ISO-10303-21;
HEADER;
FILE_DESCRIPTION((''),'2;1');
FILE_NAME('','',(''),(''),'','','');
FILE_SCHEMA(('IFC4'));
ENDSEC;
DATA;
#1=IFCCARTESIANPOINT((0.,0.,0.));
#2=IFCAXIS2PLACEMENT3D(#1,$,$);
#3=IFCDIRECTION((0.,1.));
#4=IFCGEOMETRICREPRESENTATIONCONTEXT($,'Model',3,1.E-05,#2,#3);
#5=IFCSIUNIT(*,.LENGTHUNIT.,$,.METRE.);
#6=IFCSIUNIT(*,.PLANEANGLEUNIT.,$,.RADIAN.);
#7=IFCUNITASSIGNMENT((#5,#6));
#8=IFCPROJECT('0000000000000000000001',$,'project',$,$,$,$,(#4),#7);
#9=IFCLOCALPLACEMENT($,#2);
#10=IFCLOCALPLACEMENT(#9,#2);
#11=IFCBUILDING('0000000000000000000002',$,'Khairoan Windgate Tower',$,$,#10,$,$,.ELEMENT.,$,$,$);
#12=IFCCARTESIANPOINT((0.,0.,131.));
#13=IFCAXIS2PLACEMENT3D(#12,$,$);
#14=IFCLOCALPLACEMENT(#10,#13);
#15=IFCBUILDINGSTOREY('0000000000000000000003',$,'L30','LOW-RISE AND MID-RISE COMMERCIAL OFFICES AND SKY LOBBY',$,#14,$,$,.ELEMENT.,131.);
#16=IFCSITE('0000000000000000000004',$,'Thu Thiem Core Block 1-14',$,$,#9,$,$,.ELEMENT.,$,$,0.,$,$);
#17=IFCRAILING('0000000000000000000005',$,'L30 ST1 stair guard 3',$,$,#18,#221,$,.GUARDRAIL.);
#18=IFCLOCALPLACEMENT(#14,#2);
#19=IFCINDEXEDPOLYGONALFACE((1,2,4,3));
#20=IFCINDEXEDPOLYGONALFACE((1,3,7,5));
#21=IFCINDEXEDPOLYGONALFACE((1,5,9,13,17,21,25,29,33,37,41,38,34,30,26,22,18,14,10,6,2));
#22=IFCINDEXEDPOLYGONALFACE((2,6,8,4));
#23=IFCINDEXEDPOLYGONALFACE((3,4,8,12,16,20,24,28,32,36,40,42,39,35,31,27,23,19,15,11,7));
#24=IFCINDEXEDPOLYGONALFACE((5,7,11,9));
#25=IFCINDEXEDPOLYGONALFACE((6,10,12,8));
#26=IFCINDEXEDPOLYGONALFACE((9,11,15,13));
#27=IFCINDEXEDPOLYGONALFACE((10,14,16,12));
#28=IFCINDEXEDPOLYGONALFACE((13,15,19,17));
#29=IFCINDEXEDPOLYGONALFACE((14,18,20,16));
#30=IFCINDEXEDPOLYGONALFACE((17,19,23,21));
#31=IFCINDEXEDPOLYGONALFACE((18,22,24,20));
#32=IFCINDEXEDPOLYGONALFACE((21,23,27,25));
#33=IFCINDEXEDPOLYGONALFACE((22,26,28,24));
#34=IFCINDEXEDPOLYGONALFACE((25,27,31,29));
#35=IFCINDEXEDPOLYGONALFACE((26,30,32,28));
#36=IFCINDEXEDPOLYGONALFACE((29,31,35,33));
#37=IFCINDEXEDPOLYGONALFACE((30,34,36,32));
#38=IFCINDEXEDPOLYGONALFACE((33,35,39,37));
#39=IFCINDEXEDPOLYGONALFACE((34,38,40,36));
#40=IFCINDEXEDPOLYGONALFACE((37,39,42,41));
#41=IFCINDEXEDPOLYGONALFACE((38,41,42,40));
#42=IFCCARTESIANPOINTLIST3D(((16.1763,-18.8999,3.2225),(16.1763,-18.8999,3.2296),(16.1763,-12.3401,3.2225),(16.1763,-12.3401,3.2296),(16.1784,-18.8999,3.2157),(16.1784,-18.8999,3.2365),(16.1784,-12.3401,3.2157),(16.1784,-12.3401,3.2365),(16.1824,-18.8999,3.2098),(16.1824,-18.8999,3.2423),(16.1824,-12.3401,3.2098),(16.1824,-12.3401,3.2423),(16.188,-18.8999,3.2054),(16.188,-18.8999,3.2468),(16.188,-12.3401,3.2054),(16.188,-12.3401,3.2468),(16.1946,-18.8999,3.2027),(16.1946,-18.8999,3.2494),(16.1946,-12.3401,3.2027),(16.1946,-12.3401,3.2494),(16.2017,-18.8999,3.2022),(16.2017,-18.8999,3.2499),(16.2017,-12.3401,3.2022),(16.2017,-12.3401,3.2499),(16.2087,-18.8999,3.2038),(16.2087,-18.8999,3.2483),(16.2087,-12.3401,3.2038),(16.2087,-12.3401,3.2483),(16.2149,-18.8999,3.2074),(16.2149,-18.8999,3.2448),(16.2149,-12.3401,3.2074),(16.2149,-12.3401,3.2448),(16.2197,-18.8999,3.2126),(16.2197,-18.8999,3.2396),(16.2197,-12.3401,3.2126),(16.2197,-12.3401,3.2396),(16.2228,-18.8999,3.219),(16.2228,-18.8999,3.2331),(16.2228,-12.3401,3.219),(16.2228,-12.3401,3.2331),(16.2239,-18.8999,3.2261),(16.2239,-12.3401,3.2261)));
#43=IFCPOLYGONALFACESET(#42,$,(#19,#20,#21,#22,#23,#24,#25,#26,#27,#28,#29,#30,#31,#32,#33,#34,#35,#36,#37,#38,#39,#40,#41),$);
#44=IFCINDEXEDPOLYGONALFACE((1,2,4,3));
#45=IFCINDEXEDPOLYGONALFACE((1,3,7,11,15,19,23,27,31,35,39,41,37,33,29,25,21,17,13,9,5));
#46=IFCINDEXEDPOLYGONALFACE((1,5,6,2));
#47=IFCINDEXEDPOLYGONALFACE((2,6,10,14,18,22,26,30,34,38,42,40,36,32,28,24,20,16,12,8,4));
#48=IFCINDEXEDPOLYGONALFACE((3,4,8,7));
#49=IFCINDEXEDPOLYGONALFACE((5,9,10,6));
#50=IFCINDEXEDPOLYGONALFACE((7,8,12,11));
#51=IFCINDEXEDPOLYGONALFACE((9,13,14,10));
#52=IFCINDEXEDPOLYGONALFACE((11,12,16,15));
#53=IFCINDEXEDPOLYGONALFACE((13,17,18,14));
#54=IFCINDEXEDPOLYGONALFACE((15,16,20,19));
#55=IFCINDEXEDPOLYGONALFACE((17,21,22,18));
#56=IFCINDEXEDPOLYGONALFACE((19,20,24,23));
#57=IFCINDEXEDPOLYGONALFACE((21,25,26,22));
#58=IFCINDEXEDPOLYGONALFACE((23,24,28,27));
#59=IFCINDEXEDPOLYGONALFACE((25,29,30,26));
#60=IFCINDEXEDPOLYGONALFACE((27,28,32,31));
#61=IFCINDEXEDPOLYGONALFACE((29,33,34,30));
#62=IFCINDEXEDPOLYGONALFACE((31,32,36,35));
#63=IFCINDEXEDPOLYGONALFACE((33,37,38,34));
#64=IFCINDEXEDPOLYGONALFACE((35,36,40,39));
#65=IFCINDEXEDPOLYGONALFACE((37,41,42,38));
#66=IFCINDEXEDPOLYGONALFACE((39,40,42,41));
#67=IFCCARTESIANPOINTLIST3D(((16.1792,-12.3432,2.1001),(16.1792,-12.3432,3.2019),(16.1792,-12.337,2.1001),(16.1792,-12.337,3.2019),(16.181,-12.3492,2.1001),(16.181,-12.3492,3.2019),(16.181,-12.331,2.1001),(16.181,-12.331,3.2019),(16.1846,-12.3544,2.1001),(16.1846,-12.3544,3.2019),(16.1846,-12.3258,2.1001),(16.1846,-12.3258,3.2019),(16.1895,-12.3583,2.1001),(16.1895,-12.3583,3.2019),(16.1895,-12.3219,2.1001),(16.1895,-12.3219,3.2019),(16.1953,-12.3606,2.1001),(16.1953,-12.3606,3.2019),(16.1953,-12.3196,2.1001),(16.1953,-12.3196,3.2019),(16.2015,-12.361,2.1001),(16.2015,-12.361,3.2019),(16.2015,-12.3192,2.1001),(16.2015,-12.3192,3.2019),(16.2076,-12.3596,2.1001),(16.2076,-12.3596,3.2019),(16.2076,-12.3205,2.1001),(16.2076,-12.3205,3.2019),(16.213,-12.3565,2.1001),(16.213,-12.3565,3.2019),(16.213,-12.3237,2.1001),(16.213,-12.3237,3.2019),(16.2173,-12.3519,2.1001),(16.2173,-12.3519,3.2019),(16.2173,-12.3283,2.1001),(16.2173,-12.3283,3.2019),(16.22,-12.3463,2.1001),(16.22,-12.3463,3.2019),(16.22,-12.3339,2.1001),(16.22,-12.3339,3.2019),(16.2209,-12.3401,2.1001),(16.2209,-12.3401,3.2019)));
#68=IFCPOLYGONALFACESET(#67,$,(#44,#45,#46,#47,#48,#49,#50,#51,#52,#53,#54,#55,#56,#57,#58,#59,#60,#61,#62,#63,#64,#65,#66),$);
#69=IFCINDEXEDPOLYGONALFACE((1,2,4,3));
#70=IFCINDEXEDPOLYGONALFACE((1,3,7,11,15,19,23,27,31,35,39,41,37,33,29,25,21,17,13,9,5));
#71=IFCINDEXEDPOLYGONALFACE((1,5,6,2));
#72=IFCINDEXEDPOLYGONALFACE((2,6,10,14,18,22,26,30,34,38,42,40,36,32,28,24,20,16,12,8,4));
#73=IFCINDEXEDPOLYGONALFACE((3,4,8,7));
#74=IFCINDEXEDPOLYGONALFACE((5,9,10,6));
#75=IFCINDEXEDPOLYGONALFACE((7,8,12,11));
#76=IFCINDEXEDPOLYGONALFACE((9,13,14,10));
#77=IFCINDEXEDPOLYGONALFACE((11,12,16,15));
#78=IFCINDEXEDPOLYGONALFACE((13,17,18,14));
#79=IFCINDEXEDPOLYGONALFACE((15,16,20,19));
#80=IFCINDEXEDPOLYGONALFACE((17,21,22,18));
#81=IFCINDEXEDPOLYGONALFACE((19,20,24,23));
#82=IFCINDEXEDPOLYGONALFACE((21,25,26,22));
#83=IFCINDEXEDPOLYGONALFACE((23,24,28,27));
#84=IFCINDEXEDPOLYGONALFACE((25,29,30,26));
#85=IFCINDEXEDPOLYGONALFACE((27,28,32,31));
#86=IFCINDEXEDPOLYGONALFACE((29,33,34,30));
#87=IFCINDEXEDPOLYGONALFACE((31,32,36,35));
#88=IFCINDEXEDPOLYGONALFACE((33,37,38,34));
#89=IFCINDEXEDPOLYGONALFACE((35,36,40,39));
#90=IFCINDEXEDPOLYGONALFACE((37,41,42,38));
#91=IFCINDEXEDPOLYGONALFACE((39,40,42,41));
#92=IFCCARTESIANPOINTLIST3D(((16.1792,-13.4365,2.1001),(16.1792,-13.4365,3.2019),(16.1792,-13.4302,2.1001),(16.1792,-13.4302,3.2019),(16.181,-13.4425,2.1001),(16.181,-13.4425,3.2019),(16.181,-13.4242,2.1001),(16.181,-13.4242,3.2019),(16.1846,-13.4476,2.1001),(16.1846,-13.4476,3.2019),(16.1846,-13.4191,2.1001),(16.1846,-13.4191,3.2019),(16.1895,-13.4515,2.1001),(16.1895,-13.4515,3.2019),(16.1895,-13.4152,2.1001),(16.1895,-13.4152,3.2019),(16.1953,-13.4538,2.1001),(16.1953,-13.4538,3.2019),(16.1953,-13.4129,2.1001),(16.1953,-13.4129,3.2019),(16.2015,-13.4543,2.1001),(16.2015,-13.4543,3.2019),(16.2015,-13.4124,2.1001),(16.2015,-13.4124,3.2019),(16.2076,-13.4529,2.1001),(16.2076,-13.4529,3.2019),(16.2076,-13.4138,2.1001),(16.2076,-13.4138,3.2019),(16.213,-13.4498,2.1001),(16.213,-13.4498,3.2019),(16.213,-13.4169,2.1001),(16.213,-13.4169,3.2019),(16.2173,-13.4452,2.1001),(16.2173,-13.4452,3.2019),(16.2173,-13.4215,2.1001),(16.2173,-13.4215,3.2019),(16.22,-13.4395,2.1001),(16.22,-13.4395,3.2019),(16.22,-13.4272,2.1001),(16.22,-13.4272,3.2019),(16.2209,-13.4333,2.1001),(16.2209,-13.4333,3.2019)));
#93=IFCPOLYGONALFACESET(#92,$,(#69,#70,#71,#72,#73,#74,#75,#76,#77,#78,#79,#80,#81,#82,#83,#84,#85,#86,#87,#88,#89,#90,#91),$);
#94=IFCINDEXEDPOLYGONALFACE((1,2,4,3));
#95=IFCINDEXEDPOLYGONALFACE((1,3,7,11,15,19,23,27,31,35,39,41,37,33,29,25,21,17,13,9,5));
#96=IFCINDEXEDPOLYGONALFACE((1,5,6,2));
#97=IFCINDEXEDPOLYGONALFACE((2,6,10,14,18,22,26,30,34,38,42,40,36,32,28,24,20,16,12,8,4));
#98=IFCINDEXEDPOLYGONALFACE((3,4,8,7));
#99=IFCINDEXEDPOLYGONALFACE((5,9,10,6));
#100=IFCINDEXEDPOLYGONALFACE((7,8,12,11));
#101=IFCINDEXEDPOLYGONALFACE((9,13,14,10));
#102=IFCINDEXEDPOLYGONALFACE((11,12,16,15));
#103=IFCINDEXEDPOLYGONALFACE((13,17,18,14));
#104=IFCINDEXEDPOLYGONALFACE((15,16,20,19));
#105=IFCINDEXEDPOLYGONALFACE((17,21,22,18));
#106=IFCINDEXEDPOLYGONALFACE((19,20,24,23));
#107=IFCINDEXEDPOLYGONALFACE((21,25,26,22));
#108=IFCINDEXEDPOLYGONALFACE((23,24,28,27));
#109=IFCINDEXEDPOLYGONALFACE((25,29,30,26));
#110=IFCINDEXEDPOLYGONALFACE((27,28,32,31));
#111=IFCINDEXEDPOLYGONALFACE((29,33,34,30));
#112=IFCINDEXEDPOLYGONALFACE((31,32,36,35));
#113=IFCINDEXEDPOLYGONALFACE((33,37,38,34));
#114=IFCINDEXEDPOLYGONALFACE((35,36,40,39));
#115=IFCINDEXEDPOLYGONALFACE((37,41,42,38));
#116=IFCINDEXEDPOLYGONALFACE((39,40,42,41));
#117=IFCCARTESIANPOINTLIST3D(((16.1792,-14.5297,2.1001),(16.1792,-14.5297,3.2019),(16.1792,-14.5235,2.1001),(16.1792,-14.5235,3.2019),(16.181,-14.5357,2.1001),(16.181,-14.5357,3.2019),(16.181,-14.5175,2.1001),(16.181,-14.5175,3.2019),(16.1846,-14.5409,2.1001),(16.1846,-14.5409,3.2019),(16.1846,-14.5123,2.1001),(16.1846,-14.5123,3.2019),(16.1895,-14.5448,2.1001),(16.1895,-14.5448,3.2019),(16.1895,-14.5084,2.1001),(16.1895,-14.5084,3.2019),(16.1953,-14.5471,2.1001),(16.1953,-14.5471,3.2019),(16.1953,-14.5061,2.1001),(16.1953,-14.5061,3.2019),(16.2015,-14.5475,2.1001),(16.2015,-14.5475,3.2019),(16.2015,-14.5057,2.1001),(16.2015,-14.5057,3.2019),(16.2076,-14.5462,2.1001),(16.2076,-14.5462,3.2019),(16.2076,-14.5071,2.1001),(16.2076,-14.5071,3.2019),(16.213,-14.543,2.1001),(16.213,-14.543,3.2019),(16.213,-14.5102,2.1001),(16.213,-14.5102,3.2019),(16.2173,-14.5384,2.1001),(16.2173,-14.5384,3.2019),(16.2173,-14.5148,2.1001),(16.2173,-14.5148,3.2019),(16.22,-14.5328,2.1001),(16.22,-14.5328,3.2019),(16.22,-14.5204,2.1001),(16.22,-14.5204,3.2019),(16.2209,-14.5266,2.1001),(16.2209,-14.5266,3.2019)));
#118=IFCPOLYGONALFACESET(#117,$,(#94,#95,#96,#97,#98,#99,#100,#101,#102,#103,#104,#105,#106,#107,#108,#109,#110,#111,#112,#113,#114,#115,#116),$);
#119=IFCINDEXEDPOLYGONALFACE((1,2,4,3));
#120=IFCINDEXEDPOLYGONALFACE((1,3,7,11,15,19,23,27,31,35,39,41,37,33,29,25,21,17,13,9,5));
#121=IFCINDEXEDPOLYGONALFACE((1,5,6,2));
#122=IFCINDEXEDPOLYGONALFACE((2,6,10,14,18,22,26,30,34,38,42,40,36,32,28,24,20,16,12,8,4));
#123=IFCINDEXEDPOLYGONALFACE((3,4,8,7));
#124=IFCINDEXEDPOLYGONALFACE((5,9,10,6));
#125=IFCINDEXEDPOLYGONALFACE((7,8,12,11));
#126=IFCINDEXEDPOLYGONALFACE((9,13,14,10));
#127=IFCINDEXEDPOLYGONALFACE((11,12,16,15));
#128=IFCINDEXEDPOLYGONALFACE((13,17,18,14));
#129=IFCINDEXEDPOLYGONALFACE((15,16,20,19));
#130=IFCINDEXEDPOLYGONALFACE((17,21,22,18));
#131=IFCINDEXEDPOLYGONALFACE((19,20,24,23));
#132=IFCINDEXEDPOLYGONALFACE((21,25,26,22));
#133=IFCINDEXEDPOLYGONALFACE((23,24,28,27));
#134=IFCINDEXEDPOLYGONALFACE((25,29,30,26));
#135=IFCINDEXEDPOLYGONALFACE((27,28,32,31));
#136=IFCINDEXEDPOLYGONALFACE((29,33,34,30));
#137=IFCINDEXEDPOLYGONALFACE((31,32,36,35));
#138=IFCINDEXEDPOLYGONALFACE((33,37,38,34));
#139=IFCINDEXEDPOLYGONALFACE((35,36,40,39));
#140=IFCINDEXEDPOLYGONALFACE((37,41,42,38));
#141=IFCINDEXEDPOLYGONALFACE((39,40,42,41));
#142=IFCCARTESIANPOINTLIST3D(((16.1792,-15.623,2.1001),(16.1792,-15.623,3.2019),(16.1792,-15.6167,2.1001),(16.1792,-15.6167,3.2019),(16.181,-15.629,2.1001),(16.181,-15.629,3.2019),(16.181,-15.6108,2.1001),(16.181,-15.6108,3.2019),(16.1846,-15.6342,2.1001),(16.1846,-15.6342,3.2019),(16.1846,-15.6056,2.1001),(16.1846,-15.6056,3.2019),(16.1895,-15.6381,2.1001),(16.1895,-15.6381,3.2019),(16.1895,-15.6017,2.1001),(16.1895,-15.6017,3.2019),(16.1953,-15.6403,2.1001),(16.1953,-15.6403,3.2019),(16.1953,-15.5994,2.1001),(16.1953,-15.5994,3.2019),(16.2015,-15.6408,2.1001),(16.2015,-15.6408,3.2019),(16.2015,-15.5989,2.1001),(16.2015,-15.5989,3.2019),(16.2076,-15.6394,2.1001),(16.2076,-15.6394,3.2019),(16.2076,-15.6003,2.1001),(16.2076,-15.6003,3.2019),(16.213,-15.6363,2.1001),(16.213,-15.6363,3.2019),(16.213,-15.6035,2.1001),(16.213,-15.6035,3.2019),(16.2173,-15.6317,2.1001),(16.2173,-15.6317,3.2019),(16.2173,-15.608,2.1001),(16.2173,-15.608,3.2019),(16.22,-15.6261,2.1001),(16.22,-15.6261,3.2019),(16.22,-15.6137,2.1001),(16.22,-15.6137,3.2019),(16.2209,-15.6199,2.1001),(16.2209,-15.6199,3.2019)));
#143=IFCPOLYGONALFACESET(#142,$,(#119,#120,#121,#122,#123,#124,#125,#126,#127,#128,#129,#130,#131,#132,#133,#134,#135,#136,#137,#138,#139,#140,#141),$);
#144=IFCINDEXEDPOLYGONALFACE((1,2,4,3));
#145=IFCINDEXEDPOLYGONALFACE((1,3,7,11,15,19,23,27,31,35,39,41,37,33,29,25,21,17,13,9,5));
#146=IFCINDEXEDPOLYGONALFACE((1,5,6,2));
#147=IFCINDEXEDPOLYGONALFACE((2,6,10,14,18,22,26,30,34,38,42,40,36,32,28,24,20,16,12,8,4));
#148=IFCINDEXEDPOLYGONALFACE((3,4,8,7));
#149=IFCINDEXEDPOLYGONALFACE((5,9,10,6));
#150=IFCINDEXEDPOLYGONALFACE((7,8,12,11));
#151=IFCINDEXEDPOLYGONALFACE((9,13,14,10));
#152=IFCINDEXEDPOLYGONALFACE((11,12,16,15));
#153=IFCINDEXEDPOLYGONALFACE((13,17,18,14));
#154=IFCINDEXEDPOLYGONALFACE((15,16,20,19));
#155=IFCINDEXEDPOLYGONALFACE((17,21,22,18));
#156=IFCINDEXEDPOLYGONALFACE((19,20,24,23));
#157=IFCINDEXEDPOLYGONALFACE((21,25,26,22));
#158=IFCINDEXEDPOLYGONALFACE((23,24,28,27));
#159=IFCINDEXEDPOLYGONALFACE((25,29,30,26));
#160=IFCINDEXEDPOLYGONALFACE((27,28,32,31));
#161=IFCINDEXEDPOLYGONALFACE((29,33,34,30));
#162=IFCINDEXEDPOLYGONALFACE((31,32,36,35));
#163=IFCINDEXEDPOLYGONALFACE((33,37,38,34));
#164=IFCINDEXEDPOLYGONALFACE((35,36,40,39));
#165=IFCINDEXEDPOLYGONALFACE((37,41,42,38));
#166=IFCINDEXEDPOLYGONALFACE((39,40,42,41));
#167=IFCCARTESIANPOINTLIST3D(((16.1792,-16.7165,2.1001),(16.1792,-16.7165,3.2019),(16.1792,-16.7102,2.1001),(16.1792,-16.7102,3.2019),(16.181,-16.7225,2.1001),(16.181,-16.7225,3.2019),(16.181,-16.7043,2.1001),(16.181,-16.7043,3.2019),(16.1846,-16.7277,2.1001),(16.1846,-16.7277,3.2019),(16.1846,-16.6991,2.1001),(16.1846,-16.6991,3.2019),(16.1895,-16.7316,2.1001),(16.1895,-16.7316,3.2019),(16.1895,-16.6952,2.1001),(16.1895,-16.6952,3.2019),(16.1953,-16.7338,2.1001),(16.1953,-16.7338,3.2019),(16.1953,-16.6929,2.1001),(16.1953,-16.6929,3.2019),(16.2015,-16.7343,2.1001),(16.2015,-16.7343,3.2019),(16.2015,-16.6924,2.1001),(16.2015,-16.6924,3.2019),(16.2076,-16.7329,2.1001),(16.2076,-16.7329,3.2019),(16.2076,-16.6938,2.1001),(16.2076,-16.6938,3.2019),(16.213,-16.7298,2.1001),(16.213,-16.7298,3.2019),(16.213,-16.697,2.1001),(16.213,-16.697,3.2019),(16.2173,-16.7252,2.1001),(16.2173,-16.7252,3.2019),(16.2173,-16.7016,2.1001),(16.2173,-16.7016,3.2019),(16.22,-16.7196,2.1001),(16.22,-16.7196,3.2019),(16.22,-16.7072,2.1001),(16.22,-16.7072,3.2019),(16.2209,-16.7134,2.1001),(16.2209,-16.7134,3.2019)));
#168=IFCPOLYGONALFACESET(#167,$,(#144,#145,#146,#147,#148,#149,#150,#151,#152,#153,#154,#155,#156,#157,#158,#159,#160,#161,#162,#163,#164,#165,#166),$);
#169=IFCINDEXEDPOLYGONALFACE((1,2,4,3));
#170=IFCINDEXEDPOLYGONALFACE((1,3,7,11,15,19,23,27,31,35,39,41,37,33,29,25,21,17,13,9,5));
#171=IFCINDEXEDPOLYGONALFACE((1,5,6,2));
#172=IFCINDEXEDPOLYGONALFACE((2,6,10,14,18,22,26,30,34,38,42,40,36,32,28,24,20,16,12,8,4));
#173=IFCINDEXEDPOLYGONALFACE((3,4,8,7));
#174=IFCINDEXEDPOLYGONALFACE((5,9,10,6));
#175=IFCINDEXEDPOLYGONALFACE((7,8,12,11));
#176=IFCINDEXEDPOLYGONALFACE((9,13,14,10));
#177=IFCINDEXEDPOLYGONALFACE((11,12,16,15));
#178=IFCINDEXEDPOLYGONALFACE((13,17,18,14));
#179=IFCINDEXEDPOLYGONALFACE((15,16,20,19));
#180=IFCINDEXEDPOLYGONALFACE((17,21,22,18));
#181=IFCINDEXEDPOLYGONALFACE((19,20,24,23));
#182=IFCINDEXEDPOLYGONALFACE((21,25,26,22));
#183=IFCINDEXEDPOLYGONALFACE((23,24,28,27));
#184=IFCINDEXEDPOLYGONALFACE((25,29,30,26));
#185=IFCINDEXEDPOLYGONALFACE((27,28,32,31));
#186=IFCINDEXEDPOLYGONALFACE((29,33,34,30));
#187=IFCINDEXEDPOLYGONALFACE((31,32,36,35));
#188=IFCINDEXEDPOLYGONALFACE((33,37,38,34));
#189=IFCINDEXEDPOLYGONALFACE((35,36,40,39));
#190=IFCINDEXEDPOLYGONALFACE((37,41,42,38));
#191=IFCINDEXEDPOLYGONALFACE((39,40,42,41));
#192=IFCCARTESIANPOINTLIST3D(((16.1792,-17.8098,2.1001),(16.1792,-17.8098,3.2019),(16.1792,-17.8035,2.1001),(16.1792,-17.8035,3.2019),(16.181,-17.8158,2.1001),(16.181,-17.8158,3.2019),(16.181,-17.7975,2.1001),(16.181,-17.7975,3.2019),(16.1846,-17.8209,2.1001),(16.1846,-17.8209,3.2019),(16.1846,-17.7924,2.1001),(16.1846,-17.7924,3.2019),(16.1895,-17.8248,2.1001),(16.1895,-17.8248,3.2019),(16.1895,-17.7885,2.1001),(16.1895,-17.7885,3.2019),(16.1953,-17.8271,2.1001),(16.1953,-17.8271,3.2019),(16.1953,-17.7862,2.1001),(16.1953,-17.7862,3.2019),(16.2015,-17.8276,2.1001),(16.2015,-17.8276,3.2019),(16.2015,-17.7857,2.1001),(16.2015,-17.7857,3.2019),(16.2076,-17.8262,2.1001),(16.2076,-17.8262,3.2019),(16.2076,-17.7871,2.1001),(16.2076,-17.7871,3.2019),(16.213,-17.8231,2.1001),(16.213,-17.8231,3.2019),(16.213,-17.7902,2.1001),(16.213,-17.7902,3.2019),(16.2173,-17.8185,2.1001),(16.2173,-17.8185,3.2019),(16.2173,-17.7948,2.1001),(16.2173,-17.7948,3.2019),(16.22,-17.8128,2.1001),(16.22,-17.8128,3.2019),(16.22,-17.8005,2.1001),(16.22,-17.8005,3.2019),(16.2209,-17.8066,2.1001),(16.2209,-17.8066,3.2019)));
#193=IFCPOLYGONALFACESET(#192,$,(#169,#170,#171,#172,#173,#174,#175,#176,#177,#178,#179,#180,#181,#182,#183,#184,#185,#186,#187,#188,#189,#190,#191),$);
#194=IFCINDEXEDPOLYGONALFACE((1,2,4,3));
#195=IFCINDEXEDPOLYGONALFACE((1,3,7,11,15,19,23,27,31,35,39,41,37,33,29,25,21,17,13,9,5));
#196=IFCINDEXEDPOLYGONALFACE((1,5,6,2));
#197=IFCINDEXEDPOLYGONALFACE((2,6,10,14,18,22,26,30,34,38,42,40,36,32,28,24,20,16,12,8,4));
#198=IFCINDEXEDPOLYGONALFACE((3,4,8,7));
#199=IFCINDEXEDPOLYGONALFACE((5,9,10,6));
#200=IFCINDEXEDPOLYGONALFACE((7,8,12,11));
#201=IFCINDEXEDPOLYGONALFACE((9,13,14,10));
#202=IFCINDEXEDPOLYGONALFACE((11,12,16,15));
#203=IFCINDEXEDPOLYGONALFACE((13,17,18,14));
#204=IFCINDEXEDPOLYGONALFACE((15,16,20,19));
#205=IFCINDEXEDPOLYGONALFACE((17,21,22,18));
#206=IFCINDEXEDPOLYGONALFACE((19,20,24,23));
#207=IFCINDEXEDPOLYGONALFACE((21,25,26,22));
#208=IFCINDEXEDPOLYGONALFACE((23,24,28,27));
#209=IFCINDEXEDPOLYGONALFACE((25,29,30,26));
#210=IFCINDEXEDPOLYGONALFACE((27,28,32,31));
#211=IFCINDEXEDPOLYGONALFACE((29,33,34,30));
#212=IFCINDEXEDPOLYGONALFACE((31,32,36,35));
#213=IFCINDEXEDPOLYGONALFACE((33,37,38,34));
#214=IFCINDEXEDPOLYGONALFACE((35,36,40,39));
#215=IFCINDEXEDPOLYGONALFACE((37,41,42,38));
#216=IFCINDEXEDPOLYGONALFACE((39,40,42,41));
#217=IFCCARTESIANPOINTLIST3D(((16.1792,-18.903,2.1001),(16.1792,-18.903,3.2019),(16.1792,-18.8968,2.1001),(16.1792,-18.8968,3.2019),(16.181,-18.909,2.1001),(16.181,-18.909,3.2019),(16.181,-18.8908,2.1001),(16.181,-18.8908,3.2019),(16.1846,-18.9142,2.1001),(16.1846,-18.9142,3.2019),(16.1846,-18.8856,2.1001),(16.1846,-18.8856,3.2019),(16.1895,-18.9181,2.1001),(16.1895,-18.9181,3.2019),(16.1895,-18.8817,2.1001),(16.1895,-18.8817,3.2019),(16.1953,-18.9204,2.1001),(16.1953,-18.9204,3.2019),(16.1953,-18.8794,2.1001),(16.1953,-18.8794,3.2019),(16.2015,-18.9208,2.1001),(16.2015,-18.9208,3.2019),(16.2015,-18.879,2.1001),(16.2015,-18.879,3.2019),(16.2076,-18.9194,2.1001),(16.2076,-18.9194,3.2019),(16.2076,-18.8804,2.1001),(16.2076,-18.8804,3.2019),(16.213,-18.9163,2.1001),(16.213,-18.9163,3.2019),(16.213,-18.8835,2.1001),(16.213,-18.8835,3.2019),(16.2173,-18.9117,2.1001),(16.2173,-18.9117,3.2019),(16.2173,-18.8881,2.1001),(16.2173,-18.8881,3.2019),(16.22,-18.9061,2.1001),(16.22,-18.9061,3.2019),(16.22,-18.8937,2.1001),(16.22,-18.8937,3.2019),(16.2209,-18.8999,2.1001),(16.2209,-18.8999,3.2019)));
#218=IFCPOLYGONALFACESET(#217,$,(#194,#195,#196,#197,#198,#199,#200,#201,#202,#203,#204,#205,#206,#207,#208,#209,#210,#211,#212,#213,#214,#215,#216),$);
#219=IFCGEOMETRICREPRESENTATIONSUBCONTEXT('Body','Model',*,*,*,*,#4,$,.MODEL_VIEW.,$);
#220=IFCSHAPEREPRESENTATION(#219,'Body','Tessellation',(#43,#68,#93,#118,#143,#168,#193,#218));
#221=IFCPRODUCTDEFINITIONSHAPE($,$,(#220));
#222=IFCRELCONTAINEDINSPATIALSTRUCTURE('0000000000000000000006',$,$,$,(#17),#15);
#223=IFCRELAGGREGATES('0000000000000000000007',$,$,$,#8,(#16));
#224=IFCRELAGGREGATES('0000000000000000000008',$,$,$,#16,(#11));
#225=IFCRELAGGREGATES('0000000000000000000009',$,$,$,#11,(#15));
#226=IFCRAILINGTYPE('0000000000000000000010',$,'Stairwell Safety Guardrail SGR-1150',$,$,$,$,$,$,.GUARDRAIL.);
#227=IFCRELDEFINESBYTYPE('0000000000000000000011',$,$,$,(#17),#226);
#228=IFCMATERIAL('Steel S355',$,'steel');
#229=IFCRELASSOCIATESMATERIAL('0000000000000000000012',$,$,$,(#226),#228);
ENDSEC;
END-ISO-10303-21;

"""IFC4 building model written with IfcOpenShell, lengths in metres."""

from ifc_helpers import new_model, si_unit, direction, frame, origin, origin_2d, place, context, subcontext, project, spatial, circle, extrude, material, type_object, element, save


model = new_model("IFC4")

# Units and contexts
model_context = context("Model", 3, precision=1e-05, world=origin(), true_north=direction((0.0, 1.0)))
body_context = subcontext(model_context, "Body", "Model", "MODEL_VIEW")
ifc_project = project(units=[si_unit("LENGTHUNIT", "METRE"), si_unit("PLANEANGLEUNIT", "RADIAN")], contexts=[model_context])

# Site, building, storey
site_placement = place(None, origin())
site = spatial("IfcSite", under=ifc_project, at=site_placement, Name="Thu Thiem Core Block 1-14", CompositionType="ELEMENT", RefElevation=0.0)
building_placement = place(site_placement, origin())
building = spatial("IfcBuilding", under=site, at=building_placement, Name="Khairoan Windgate Tower", CompositionType="ELEMENT")
storey_placement = place(building_placement, frame((0.0, 0.0, 131.0)))
storey = spatial("IfcBuildingStorey", under=building, at=storey_placement, Name="L30", Description="LOW-RISE AND MID-RISE COMMERCIAL OFFICES AND SKY LOBBY", CompositionType="ELEMENT", Elevation=131.0)

# Railing
ifc_material_1 = material(Name="Steel S355", Category="steel")
railing_type = type_object("IfcRailingType", Name="Stairwell Safety Guardrail SGR-1150", PredefinedType="GUARDRAIL", material=ifc_material_1)
railing_1_placement = place(storey_placement, frame((16.2, -12.3401, 2.1001)))
element("IfcRailing", 1, at=railing_1_placement, inside=storey, type_object=railing_type, Name="L30 ST1 stair guard 3", PredefinedType="GUARDRAIL", context=body_context, shape_type="SweptSolid", body=[
    extrude(circle(Radius=0.0239, at=origin_2d()), frame((0.0, 0.0, 1.126), z_axis=(0.0, -1.0, 0.0), x_axis=(1.0, 0.0, 0.0)), (0.0, 0.0, 1.0), 6.5598),
    extrude(circle(Radius=0.021, at=origin_2d()), origin(), (0.0, 0.0, 1.0), 1.1018),
    extrude(circle(Radius=0.021, at=origin_2d()), frame((0.0, -1.0933, 0.0)), (0.0, 0.0, 1.0), 1.1018),
    extrude(circle(Radius=0.021, at=origin_2d()), frame((0.0, -2.1865, 0.0)), (0.0, 0.0, 1.0), 1.1018),
    extrude(circle(Radius=0.021, at=origin_2d()), frame((0.0, -3.2798, 0.0)), (0.0, 0.0, 1.0), 1.1018),
    extrude(circle(Radius=0.021, at=origin_2d()), frame((0.0, -4.3733, 0.0)), (0.0, 0.0, 1.0), 1.1018),
    extrude(circle(Radius=0.021, at=origin_2d()), frame((0.0, -5.4666, 0.0)), (0.0, 0.0, 1.0), 1.1018),
    extrude(circle(Radius=0.021, at=origin_2d()), frame((0.0, -6.5598, 0.0)), (0.0, 0.0, 1.0), 1.1018),
])

save(model, "model.ifc")
